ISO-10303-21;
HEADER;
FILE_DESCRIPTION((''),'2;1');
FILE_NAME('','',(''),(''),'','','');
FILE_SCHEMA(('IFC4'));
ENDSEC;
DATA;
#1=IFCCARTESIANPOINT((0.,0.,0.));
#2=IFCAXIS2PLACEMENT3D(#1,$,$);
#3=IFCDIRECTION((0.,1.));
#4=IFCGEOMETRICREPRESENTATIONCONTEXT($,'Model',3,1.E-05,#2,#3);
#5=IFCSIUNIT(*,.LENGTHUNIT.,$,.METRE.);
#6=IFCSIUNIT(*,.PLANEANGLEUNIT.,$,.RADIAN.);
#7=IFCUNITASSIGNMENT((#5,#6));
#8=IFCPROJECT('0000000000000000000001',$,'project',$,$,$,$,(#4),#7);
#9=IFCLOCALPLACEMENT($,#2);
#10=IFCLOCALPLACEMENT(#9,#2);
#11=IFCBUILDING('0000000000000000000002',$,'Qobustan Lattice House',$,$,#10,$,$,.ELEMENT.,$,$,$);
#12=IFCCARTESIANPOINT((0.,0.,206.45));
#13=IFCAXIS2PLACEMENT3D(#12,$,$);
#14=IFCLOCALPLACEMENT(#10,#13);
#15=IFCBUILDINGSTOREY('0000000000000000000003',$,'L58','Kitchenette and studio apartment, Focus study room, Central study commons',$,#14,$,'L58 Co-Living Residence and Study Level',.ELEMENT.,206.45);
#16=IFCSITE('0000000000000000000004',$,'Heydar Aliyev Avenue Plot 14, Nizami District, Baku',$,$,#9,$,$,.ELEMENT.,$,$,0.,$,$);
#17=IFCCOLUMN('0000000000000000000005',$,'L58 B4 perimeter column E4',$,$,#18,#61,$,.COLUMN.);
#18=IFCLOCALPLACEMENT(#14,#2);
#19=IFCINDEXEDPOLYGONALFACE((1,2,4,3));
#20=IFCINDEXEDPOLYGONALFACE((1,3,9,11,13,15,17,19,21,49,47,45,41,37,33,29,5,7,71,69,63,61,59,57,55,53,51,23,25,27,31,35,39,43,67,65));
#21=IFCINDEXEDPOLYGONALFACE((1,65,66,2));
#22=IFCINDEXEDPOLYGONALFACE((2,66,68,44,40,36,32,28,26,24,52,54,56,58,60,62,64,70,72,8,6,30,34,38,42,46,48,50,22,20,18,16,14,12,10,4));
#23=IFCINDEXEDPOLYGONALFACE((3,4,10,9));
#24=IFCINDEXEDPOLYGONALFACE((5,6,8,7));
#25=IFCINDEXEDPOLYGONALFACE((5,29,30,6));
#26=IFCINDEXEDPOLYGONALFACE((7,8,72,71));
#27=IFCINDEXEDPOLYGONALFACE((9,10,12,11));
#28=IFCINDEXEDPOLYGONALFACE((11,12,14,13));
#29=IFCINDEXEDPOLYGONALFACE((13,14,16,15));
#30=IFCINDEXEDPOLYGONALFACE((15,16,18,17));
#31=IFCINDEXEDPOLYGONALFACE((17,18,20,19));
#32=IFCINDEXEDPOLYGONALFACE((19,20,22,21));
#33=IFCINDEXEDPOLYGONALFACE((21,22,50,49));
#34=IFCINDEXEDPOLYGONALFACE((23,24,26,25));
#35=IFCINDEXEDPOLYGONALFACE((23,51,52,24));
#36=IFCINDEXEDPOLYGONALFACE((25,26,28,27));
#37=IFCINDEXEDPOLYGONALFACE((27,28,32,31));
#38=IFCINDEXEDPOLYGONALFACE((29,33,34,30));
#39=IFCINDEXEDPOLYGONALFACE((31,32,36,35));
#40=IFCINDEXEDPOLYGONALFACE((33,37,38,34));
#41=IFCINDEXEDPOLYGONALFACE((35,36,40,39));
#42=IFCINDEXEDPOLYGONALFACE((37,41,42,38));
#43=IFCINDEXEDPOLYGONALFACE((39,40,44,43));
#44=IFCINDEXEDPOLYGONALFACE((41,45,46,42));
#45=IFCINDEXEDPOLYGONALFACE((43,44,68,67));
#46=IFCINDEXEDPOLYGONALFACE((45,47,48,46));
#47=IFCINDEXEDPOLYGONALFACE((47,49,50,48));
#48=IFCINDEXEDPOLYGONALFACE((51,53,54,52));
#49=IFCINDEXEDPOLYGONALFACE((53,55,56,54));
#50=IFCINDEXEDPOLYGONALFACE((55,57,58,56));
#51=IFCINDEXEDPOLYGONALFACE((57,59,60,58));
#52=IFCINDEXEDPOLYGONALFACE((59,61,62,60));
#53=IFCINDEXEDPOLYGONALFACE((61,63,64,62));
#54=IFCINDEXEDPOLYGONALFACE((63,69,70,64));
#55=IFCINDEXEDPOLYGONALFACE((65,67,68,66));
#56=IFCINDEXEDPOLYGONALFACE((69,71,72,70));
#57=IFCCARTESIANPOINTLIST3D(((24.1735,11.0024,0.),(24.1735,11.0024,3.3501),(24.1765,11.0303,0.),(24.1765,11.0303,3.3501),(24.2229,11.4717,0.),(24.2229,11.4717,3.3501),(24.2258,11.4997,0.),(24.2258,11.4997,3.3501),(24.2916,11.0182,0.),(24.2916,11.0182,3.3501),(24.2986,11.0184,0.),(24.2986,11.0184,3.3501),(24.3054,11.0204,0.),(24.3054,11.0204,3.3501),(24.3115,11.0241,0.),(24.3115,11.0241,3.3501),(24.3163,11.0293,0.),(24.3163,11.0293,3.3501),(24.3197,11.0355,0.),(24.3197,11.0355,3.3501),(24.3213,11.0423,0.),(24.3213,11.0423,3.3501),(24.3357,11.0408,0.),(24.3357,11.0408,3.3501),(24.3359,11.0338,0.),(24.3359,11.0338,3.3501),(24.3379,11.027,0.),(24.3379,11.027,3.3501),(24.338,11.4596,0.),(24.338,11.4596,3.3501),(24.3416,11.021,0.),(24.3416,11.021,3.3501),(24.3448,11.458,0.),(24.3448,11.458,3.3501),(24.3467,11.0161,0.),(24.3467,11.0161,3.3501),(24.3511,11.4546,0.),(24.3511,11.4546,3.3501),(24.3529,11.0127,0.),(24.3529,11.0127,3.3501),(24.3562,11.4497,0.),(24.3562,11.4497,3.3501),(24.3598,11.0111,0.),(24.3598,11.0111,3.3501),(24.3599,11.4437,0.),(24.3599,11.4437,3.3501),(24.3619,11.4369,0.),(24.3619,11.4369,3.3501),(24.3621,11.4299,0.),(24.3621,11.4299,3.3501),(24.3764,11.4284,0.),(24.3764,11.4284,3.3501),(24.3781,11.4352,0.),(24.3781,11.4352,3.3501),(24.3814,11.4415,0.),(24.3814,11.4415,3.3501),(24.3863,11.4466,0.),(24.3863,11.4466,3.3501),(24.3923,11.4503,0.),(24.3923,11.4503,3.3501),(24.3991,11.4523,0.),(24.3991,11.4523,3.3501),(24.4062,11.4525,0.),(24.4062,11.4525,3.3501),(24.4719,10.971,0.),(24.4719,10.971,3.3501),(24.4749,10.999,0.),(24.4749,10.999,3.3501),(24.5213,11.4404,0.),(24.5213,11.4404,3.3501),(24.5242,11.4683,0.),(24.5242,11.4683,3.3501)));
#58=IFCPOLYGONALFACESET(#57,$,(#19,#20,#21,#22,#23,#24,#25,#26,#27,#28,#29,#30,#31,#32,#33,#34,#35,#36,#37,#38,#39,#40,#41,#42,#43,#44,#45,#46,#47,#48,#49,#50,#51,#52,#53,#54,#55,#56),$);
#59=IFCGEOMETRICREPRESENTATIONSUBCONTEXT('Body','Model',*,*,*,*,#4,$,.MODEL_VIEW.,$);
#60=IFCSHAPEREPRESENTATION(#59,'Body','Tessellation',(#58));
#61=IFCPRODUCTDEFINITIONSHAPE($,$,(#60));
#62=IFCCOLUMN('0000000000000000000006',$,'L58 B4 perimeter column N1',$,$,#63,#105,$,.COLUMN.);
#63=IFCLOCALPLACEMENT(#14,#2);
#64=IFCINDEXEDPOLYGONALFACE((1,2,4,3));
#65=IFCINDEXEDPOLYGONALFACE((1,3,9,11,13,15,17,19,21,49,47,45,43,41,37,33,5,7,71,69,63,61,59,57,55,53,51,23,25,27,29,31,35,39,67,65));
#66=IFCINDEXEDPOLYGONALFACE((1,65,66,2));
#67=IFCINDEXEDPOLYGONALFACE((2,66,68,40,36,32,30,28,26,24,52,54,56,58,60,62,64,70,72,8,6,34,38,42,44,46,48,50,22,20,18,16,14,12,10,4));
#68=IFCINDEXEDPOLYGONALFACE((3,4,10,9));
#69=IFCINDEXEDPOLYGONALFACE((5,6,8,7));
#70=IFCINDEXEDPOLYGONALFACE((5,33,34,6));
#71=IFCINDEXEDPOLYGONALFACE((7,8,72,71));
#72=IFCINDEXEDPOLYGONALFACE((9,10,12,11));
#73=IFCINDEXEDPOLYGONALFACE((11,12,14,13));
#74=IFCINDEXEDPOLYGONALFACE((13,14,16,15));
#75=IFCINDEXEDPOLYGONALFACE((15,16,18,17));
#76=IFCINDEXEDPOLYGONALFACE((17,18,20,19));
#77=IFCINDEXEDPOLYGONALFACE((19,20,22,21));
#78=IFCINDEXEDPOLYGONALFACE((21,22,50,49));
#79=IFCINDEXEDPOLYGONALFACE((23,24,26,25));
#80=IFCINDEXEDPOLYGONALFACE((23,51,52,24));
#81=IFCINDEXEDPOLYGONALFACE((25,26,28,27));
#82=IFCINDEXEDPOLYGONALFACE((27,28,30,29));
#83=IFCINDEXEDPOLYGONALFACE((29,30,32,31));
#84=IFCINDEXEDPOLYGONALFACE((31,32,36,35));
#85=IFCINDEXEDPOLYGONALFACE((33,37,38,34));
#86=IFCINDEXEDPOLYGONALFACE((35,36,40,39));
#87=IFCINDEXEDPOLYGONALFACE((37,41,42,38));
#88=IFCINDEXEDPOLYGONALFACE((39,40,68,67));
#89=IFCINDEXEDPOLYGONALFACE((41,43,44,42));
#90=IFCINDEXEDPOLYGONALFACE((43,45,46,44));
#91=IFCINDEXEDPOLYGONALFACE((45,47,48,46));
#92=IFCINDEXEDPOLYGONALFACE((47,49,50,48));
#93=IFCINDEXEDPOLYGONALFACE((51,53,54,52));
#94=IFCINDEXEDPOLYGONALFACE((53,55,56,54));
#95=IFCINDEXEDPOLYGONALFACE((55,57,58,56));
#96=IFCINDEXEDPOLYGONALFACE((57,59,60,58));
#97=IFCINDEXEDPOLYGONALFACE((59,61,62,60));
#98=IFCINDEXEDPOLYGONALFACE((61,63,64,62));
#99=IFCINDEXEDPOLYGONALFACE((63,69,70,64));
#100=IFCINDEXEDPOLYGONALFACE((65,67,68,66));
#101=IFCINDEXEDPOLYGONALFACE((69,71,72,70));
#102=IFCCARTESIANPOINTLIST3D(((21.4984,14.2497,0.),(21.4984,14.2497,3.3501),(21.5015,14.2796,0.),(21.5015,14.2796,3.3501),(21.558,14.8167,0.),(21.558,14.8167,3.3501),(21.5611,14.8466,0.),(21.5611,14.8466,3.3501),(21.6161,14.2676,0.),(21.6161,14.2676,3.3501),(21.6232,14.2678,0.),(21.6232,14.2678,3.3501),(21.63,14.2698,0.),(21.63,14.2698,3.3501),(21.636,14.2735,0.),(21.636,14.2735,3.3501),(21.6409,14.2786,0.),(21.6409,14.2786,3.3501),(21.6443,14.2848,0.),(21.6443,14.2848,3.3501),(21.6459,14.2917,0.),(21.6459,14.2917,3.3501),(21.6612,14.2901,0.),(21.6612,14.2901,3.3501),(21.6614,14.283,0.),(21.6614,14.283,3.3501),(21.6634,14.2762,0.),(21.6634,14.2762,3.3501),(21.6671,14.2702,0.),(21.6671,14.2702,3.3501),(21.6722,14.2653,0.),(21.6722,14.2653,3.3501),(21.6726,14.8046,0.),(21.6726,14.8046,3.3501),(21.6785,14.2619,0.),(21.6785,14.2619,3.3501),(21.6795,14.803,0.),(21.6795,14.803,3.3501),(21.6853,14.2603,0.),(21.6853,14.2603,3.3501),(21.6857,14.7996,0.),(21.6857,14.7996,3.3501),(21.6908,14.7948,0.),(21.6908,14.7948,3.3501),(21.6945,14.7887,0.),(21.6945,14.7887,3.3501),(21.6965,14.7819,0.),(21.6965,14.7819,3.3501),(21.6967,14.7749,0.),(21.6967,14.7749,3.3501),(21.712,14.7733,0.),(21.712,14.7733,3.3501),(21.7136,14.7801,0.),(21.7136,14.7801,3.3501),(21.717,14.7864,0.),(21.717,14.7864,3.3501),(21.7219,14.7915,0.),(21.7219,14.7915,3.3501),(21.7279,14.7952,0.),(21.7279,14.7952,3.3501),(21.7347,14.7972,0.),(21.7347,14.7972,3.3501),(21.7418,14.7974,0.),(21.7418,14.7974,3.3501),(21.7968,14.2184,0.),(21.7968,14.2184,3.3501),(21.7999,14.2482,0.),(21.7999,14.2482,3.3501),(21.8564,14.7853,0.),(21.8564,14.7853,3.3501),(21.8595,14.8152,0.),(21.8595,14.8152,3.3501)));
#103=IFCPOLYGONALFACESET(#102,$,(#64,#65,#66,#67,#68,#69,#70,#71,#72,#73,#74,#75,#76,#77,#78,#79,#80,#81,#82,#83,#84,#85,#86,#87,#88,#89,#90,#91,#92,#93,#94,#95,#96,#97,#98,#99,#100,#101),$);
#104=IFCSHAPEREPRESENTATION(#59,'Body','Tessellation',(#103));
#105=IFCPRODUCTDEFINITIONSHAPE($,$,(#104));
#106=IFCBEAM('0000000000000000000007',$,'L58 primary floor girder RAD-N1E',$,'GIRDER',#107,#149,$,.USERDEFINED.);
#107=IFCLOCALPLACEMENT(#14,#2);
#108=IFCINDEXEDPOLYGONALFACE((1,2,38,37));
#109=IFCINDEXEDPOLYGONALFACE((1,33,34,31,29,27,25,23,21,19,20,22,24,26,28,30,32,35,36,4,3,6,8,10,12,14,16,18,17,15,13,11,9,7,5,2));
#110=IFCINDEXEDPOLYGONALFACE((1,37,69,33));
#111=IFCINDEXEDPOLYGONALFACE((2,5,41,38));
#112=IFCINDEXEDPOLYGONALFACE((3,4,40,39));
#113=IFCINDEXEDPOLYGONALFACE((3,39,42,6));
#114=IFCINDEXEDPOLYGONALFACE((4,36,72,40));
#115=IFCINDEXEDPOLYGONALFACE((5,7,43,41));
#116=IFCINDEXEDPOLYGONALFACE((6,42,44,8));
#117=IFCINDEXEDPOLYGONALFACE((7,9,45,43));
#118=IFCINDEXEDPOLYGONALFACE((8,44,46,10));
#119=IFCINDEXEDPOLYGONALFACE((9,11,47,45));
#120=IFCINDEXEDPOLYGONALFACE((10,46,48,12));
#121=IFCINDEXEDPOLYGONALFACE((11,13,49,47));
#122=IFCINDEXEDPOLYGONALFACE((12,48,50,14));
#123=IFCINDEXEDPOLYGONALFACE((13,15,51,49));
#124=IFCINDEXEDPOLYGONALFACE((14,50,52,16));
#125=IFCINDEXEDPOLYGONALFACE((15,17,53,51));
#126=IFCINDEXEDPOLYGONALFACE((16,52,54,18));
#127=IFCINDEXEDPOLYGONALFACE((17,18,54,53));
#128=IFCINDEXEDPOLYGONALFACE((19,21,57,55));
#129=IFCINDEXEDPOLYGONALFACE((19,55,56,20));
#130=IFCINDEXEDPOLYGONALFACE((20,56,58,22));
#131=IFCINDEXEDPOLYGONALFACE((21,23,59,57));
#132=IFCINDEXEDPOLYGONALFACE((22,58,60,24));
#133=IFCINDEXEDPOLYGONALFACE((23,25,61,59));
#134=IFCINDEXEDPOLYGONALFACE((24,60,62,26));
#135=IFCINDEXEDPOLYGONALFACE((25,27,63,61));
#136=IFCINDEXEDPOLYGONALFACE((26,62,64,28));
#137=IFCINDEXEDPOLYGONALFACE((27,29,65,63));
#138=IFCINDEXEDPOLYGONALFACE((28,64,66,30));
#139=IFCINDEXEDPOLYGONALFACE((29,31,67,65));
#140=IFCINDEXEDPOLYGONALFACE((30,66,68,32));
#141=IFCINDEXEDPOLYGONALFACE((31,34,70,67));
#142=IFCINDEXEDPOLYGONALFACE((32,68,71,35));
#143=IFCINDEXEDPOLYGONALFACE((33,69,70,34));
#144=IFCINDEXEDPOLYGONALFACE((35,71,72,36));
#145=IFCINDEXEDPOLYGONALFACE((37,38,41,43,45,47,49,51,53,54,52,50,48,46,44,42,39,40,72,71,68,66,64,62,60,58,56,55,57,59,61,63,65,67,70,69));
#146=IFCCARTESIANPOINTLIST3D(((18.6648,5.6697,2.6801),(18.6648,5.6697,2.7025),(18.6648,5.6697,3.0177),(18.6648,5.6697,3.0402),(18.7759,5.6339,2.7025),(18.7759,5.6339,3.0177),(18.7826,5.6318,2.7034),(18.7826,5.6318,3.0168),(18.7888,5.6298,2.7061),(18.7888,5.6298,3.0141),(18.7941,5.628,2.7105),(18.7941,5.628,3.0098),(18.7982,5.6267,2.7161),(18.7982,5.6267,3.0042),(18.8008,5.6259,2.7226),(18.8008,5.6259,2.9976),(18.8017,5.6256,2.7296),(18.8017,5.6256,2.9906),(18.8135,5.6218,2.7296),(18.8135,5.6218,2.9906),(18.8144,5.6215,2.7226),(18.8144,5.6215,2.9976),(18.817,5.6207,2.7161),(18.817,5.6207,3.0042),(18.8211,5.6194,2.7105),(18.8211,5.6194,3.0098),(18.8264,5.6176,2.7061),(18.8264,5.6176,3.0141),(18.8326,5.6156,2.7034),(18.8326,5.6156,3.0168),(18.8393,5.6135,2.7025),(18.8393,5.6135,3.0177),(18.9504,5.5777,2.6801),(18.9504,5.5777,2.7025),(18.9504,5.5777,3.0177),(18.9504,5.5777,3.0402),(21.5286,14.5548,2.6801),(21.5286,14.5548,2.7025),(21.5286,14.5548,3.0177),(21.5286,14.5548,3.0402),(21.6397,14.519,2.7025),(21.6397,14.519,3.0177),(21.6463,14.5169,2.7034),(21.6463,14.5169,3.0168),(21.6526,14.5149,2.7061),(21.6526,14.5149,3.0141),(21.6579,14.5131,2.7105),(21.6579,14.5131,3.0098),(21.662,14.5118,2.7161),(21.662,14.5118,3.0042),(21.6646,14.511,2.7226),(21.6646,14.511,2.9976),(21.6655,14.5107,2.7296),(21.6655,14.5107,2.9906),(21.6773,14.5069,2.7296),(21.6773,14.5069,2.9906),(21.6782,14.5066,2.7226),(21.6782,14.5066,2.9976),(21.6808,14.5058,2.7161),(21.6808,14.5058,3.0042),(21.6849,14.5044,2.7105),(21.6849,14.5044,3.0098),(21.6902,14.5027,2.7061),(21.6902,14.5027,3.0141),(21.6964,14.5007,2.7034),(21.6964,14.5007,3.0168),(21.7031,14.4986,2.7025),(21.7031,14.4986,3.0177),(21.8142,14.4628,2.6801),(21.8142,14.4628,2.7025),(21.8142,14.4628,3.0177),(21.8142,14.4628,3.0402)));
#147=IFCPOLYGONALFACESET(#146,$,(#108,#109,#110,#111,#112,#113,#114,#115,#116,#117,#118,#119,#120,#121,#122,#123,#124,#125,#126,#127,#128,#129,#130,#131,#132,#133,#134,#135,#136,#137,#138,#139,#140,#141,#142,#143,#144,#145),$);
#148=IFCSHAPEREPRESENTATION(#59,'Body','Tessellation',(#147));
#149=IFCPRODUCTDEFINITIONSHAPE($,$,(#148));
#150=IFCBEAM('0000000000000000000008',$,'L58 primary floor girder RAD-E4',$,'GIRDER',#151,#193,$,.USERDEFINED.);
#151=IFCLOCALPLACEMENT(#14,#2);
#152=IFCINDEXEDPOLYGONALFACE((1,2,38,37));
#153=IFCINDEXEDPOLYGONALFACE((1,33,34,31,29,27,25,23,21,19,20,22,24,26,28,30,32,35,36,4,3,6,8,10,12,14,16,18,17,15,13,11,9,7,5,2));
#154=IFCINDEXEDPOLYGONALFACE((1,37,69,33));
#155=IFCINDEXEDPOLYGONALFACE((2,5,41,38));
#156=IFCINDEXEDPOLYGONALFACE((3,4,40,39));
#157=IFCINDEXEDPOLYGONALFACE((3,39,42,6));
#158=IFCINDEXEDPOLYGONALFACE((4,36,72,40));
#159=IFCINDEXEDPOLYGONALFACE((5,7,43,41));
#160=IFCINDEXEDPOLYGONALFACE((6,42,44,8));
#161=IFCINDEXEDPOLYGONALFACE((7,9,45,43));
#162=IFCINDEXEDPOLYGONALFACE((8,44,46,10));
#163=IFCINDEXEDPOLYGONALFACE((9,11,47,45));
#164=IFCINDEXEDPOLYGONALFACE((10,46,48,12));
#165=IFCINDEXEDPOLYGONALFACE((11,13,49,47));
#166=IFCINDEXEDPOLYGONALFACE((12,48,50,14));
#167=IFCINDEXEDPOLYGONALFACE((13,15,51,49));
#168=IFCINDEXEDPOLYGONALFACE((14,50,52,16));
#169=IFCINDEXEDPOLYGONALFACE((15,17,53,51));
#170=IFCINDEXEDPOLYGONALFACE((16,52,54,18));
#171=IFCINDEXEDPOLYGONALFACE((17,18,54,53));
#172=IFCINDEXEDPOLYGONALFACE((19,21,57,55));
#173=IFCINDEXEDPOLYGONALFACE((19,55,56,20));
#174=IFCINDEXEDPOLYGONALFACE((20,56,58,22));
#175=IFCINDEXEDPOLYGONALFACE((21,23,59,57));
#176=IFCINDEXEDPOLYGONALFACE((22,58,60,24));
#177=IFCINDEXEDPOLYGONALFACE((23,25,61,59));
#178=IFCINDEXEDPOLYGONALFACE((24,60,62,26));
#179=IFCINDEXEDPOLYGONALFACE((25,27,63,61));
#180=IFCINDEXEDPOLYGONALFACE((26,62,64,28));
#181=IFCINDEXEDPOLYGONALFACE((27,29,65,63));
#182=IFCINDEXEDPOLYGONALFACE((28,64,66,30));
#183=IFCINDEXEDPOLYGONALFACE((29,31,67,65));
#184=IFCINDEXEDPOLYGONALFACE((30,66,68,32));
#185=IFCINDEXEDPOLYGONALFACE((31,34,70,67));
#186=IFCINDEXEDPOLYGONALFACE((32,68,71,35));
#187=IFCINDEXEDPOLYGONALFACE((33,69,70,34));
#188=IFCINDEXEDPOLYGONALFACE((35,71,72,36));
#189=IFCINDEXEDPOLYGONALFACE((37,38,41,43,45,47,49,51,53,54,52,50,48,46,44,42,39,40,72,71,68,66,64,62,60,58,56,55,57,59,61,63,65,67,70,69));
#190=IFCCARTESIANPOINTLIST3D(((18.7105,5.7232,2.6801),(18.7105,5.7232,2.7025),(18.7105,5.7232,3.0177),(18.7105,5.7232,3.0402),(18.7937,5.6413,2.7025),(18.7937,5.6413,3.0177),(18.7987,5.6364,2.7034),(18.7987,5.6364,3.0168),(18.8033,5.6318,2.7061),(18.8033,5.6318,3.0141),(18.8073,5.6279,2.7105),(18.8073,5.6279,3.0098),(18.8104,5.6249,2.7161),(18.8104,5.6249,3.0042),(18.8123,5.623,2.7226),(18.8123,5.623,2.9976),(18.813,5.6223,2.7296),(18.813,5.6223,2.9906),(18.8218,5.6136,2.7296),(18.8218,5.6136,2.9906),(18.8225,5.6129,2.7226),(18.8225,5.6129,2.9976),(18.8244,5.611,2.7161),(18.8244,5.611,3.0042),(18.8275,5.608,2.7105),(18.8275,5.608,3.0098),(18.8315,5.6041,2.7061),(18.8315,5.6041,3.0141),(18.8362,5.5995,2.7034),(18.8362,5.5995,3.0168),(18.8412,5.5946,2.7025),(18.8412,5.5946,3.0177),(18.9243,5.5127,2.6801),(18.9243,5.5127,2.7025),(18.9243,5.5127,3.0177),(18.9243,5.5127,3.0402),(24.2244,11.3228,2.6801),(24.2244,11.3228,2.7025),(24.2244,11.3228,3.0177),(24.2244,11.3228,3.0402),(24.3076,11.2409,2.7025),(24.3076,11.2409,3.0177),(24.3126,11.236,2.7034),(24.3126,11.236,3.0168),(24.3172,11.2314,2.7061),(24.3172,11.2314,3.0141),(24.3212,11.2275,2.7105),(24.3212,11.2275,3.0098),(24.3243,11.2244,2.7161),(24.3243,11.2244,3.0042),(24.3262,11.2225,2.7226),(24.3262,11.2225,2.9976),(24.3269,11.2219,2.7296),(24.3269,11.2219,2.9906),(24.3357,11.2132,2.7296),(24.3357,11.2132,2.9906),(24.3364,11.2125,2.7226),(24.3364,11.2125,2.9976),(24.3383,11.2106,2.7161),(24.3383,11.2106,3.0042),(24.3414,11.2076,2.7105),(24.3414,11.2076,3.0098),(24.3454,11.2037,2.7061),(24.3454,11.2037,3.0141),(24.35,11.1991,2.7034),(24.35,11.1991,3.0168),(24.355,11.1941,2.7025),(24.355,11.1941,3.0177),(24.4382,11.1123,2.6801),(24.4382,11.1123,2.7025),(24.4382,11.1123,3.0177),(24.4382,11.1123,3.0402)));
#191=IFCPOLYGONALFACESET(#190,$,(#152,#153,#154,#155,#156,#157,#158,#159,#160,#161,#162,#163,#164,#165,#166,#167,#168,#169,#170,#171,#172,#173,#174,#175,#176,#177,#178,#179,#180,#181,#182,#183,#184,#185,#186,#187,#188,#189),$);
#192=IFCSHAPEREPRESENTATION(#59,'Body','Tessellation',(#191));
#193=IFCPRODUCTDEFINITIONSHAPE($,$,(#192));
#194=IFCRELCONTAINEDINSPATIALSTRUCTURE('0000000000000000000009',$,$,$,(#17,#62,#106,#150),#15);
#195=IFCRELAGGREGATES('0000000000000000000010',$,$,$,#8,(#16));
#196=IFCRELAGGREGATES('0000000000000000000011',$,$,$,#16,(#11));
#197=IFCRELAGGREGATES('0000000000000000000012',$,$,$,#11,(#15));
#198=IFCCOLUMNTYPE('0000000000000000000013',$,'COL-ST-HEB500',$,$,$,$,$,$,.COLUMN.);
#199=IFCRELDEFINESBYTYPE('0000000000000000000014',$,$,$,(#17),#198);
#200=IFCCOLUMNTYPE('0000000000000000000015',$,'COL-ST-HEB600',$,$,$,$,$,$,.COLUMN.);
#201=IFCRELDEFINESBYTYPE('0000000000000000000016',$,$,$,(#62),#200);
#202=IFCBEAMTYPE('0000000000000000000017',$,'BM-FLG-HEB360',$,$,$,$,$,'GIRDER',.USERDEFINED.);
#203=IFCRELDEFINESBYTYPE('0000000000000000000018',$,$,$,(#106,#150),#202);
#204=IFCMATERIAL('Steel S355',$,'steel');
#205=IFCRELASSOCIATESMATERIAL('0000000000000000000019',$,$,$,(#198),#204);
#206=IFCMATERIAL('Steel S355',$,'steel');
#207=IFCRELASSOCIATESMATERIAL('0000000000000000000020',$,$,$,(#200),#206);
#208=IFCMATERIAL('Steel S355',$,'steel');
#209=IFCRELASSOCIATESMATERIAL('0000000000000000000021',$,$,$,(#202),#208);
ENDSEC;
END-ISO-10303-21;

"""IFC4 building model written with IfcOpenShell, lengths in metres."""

from ifc_helpers import new_model, si_unit, direction, frame, origin, origin_2d, place, context, subcontext, project, spatial, i_section, extrude, material, material_profile, profile_set, type_object, element, save


model = new_model("IFC4")

# Units and contexts
model_context = context("Model", 3, precision=1e-05, world=origin(), true_north=direction((0.0, 1.0)))
body_context = subcontext(model_context, "Body", "Model", "MODEL_VIEW")
ifc_project = project(units=[si_unit("LENGTHUNIT", "METRE"), si_unit("PLANEANGLEUNIT", "RADIAN")], contexts=[model_context])

# Site, building, storey
site_placement = place(None, origin())
site = spatial("IfcSite", under=ifc_project, at=site_placement, Name="Heydar Aliyev Avenue Plot 14, Nizami District, Baku", CompositionType="ELEMENT", RefElevation=0.0)
building_placement = place(site_placement, origin())
building = spatial("IfcBuilding", under=site, at=building_placement, Name="Qobustan Lattice House", CompositionType="ELEMENT")
storey_placement = place(building_placement, frame((0.0, 0.0, 206.45)))
storey = spatial("IfcBuildingStorey", under=building, at=storey_placement, Name="L58", Description="Kitchenette and studio apartment, Focus study room, Central study commons", LongName="L58 Co-Living Residence and Study Level", CompositionType="ELEMENT", Elevation=206.45)

# Columns
ifc_material_1 = material(Name="Steel S355", Category="steel")
ifc_material_profile_1 = material_profile(ifc_material_1, i_section(OverallWidth=0.3, OverallDepth=0.5, WebThickness=0.0144, FlangeThickness=0.0281, FilletRadius=0.0271, at=origin_2d()), Name="HEB500")
ifc_profile_set_1 = profile_set([ifc_material_profile_1], Name="Steel S355")
column_type_1 = type_object("IfcColumnType", Name="COL-ST-HEB500", PredefinedType="COLUMN", material=ifc_profile_set_1)
column_1_placement = place(storey_placement, frame((24.3489, 11.2354, 0.0), z_axis=(0.0, 0.0, 1.0), x_axis=(0.994522, -0.104528, 0.0)))
element("IfcColumn", 1, at=column_1_placement, inside=storey, type_object=column_type_1, Name="L58 B4 perimeter column E4", PredefinedType="COLUMN", context=body_context, shape_type="SweptSolid", body=[
    extrude(i_section(OverallWidth=0.3, OverallDepth=0.5, WebThickness=0.0144, FlangeThickness=0.0281, FilletRadius=0.0271, at=origin_2d()), origin(), (0.0, 0.0, 1.0), 3.3501),
])
ifc_material_2 = material(Name="Steel S355", Category="steel")
ifc_material_profile_2 = material_profile(ifc_material_2, i_section(OverallWidth=0.3, OverallDepth=0.6001, WebThickness=0.0154, FlangeThickness=0.03, FilletRadius=0.0271, at=origin_2d()), Name="HEB600")
ifc_profile_set_2 = profile_set([ifc_material_profile_2], Name="Steel S355")
column_type_2 = type_object("IfcColumnType", Name="COL-ST-HEB600", PredefinedType="COLUMN", material=ifc_profile_set_2)
column_2_placement = place(storey_placement, frame((21.679, 14.5325, 0.0), z_axis=(0.0, 0.0, 1.0), x_axis=(0.994522, -0.104528, 0.0)))
element("IfcColumn", 2, at=column_2_placement, inside=storey, type_object=column_type_2, Name="L58 B4 perimeter column N1", PredefinedType="COLUMN", context=body_context, shape_type="SweptSolid", body=[
    extrude(i_section(OverallWidth=0.3, OverallDepth=0.6001, WebThickness=0.0154, FlangeThickness=0.03, FilletRadius=0.0271, at=origin_2d()), origin(), (0.0, 0.0, 1.0), 3.3501),
])

# Beams
ifc_material_3 = material(Name="Steel S355", Category="steel")
ifc_material_profile_3 = material_profile(ifc_material_3, i_section(OverallWidth=0.3, OverallDepth=0.3601, WebThickness=0.0125, FlangeThickness=0.0225, FilletRadius=0.0271, at=origin_2d()), Name="HEB360")
ifc_profile_set_3 = profile_set([ifc_material_profile_3], Name="Steel S355")
beam_type_1 = type_object("IfcBeamType", Name="BM-FLG-HEB360", ElementType="GIRDER", PredefinedType="USERDEFINED", material=ifc_profile_set_3)
beam_1_placement = place(storey_placement, frame((21.6714, 14.5088, 2.8601), z_axis=(-0.306774, -0.951783, 0.0), x_axis=(0.951783, -0.306774, 0.0)))
element("IfcBeam", 3, at=beam_1_placement, inside=storey, type_object=beam_type_1, Name="L58 primary floor girder RAD-N1E", ObjectType="GIRDER", PredefinedType="USERDEFINED", context=body_context, shape_type="SweptSolid", body=[
    extrude(i_section(OverallWidth=0.3, OverallDepth=0.3601, WebThickness=0.0125, FlangeThickness=0.0225, FilletRadius=0.0271, at=origin_2d()), origin(), (0.0, 0.0, 1.0), 9.3352),
])
beam_2_placement = place(storey_placement, frame((24.3313, 11.2175, 2.8601), z_axis=(-0.701634, -0.712538, 0.0), x_axis=(0.712538, -0.701634, 0.0)))
element("IfcBeam", 4, at=beam_2_placement, inside=storey, type_object=beam_type_1, Name="L58 primary floor girder RAD-E4", ObjectType="GIRDER", PredefinedType="USERDEFINED", context=body_context, shape_type="SweptSolid", body=[
    extrude(i_section(OverallWidth=0.3, OverallDepth=0.3601, WebThickness=0.0125, FlangeThickness=0.0225, FilletRadius=0.0271, at=origin_2d()), origin(), (0.0, 0.0, 1.0), 7.8586),
])

save(model, "model.ifc")
